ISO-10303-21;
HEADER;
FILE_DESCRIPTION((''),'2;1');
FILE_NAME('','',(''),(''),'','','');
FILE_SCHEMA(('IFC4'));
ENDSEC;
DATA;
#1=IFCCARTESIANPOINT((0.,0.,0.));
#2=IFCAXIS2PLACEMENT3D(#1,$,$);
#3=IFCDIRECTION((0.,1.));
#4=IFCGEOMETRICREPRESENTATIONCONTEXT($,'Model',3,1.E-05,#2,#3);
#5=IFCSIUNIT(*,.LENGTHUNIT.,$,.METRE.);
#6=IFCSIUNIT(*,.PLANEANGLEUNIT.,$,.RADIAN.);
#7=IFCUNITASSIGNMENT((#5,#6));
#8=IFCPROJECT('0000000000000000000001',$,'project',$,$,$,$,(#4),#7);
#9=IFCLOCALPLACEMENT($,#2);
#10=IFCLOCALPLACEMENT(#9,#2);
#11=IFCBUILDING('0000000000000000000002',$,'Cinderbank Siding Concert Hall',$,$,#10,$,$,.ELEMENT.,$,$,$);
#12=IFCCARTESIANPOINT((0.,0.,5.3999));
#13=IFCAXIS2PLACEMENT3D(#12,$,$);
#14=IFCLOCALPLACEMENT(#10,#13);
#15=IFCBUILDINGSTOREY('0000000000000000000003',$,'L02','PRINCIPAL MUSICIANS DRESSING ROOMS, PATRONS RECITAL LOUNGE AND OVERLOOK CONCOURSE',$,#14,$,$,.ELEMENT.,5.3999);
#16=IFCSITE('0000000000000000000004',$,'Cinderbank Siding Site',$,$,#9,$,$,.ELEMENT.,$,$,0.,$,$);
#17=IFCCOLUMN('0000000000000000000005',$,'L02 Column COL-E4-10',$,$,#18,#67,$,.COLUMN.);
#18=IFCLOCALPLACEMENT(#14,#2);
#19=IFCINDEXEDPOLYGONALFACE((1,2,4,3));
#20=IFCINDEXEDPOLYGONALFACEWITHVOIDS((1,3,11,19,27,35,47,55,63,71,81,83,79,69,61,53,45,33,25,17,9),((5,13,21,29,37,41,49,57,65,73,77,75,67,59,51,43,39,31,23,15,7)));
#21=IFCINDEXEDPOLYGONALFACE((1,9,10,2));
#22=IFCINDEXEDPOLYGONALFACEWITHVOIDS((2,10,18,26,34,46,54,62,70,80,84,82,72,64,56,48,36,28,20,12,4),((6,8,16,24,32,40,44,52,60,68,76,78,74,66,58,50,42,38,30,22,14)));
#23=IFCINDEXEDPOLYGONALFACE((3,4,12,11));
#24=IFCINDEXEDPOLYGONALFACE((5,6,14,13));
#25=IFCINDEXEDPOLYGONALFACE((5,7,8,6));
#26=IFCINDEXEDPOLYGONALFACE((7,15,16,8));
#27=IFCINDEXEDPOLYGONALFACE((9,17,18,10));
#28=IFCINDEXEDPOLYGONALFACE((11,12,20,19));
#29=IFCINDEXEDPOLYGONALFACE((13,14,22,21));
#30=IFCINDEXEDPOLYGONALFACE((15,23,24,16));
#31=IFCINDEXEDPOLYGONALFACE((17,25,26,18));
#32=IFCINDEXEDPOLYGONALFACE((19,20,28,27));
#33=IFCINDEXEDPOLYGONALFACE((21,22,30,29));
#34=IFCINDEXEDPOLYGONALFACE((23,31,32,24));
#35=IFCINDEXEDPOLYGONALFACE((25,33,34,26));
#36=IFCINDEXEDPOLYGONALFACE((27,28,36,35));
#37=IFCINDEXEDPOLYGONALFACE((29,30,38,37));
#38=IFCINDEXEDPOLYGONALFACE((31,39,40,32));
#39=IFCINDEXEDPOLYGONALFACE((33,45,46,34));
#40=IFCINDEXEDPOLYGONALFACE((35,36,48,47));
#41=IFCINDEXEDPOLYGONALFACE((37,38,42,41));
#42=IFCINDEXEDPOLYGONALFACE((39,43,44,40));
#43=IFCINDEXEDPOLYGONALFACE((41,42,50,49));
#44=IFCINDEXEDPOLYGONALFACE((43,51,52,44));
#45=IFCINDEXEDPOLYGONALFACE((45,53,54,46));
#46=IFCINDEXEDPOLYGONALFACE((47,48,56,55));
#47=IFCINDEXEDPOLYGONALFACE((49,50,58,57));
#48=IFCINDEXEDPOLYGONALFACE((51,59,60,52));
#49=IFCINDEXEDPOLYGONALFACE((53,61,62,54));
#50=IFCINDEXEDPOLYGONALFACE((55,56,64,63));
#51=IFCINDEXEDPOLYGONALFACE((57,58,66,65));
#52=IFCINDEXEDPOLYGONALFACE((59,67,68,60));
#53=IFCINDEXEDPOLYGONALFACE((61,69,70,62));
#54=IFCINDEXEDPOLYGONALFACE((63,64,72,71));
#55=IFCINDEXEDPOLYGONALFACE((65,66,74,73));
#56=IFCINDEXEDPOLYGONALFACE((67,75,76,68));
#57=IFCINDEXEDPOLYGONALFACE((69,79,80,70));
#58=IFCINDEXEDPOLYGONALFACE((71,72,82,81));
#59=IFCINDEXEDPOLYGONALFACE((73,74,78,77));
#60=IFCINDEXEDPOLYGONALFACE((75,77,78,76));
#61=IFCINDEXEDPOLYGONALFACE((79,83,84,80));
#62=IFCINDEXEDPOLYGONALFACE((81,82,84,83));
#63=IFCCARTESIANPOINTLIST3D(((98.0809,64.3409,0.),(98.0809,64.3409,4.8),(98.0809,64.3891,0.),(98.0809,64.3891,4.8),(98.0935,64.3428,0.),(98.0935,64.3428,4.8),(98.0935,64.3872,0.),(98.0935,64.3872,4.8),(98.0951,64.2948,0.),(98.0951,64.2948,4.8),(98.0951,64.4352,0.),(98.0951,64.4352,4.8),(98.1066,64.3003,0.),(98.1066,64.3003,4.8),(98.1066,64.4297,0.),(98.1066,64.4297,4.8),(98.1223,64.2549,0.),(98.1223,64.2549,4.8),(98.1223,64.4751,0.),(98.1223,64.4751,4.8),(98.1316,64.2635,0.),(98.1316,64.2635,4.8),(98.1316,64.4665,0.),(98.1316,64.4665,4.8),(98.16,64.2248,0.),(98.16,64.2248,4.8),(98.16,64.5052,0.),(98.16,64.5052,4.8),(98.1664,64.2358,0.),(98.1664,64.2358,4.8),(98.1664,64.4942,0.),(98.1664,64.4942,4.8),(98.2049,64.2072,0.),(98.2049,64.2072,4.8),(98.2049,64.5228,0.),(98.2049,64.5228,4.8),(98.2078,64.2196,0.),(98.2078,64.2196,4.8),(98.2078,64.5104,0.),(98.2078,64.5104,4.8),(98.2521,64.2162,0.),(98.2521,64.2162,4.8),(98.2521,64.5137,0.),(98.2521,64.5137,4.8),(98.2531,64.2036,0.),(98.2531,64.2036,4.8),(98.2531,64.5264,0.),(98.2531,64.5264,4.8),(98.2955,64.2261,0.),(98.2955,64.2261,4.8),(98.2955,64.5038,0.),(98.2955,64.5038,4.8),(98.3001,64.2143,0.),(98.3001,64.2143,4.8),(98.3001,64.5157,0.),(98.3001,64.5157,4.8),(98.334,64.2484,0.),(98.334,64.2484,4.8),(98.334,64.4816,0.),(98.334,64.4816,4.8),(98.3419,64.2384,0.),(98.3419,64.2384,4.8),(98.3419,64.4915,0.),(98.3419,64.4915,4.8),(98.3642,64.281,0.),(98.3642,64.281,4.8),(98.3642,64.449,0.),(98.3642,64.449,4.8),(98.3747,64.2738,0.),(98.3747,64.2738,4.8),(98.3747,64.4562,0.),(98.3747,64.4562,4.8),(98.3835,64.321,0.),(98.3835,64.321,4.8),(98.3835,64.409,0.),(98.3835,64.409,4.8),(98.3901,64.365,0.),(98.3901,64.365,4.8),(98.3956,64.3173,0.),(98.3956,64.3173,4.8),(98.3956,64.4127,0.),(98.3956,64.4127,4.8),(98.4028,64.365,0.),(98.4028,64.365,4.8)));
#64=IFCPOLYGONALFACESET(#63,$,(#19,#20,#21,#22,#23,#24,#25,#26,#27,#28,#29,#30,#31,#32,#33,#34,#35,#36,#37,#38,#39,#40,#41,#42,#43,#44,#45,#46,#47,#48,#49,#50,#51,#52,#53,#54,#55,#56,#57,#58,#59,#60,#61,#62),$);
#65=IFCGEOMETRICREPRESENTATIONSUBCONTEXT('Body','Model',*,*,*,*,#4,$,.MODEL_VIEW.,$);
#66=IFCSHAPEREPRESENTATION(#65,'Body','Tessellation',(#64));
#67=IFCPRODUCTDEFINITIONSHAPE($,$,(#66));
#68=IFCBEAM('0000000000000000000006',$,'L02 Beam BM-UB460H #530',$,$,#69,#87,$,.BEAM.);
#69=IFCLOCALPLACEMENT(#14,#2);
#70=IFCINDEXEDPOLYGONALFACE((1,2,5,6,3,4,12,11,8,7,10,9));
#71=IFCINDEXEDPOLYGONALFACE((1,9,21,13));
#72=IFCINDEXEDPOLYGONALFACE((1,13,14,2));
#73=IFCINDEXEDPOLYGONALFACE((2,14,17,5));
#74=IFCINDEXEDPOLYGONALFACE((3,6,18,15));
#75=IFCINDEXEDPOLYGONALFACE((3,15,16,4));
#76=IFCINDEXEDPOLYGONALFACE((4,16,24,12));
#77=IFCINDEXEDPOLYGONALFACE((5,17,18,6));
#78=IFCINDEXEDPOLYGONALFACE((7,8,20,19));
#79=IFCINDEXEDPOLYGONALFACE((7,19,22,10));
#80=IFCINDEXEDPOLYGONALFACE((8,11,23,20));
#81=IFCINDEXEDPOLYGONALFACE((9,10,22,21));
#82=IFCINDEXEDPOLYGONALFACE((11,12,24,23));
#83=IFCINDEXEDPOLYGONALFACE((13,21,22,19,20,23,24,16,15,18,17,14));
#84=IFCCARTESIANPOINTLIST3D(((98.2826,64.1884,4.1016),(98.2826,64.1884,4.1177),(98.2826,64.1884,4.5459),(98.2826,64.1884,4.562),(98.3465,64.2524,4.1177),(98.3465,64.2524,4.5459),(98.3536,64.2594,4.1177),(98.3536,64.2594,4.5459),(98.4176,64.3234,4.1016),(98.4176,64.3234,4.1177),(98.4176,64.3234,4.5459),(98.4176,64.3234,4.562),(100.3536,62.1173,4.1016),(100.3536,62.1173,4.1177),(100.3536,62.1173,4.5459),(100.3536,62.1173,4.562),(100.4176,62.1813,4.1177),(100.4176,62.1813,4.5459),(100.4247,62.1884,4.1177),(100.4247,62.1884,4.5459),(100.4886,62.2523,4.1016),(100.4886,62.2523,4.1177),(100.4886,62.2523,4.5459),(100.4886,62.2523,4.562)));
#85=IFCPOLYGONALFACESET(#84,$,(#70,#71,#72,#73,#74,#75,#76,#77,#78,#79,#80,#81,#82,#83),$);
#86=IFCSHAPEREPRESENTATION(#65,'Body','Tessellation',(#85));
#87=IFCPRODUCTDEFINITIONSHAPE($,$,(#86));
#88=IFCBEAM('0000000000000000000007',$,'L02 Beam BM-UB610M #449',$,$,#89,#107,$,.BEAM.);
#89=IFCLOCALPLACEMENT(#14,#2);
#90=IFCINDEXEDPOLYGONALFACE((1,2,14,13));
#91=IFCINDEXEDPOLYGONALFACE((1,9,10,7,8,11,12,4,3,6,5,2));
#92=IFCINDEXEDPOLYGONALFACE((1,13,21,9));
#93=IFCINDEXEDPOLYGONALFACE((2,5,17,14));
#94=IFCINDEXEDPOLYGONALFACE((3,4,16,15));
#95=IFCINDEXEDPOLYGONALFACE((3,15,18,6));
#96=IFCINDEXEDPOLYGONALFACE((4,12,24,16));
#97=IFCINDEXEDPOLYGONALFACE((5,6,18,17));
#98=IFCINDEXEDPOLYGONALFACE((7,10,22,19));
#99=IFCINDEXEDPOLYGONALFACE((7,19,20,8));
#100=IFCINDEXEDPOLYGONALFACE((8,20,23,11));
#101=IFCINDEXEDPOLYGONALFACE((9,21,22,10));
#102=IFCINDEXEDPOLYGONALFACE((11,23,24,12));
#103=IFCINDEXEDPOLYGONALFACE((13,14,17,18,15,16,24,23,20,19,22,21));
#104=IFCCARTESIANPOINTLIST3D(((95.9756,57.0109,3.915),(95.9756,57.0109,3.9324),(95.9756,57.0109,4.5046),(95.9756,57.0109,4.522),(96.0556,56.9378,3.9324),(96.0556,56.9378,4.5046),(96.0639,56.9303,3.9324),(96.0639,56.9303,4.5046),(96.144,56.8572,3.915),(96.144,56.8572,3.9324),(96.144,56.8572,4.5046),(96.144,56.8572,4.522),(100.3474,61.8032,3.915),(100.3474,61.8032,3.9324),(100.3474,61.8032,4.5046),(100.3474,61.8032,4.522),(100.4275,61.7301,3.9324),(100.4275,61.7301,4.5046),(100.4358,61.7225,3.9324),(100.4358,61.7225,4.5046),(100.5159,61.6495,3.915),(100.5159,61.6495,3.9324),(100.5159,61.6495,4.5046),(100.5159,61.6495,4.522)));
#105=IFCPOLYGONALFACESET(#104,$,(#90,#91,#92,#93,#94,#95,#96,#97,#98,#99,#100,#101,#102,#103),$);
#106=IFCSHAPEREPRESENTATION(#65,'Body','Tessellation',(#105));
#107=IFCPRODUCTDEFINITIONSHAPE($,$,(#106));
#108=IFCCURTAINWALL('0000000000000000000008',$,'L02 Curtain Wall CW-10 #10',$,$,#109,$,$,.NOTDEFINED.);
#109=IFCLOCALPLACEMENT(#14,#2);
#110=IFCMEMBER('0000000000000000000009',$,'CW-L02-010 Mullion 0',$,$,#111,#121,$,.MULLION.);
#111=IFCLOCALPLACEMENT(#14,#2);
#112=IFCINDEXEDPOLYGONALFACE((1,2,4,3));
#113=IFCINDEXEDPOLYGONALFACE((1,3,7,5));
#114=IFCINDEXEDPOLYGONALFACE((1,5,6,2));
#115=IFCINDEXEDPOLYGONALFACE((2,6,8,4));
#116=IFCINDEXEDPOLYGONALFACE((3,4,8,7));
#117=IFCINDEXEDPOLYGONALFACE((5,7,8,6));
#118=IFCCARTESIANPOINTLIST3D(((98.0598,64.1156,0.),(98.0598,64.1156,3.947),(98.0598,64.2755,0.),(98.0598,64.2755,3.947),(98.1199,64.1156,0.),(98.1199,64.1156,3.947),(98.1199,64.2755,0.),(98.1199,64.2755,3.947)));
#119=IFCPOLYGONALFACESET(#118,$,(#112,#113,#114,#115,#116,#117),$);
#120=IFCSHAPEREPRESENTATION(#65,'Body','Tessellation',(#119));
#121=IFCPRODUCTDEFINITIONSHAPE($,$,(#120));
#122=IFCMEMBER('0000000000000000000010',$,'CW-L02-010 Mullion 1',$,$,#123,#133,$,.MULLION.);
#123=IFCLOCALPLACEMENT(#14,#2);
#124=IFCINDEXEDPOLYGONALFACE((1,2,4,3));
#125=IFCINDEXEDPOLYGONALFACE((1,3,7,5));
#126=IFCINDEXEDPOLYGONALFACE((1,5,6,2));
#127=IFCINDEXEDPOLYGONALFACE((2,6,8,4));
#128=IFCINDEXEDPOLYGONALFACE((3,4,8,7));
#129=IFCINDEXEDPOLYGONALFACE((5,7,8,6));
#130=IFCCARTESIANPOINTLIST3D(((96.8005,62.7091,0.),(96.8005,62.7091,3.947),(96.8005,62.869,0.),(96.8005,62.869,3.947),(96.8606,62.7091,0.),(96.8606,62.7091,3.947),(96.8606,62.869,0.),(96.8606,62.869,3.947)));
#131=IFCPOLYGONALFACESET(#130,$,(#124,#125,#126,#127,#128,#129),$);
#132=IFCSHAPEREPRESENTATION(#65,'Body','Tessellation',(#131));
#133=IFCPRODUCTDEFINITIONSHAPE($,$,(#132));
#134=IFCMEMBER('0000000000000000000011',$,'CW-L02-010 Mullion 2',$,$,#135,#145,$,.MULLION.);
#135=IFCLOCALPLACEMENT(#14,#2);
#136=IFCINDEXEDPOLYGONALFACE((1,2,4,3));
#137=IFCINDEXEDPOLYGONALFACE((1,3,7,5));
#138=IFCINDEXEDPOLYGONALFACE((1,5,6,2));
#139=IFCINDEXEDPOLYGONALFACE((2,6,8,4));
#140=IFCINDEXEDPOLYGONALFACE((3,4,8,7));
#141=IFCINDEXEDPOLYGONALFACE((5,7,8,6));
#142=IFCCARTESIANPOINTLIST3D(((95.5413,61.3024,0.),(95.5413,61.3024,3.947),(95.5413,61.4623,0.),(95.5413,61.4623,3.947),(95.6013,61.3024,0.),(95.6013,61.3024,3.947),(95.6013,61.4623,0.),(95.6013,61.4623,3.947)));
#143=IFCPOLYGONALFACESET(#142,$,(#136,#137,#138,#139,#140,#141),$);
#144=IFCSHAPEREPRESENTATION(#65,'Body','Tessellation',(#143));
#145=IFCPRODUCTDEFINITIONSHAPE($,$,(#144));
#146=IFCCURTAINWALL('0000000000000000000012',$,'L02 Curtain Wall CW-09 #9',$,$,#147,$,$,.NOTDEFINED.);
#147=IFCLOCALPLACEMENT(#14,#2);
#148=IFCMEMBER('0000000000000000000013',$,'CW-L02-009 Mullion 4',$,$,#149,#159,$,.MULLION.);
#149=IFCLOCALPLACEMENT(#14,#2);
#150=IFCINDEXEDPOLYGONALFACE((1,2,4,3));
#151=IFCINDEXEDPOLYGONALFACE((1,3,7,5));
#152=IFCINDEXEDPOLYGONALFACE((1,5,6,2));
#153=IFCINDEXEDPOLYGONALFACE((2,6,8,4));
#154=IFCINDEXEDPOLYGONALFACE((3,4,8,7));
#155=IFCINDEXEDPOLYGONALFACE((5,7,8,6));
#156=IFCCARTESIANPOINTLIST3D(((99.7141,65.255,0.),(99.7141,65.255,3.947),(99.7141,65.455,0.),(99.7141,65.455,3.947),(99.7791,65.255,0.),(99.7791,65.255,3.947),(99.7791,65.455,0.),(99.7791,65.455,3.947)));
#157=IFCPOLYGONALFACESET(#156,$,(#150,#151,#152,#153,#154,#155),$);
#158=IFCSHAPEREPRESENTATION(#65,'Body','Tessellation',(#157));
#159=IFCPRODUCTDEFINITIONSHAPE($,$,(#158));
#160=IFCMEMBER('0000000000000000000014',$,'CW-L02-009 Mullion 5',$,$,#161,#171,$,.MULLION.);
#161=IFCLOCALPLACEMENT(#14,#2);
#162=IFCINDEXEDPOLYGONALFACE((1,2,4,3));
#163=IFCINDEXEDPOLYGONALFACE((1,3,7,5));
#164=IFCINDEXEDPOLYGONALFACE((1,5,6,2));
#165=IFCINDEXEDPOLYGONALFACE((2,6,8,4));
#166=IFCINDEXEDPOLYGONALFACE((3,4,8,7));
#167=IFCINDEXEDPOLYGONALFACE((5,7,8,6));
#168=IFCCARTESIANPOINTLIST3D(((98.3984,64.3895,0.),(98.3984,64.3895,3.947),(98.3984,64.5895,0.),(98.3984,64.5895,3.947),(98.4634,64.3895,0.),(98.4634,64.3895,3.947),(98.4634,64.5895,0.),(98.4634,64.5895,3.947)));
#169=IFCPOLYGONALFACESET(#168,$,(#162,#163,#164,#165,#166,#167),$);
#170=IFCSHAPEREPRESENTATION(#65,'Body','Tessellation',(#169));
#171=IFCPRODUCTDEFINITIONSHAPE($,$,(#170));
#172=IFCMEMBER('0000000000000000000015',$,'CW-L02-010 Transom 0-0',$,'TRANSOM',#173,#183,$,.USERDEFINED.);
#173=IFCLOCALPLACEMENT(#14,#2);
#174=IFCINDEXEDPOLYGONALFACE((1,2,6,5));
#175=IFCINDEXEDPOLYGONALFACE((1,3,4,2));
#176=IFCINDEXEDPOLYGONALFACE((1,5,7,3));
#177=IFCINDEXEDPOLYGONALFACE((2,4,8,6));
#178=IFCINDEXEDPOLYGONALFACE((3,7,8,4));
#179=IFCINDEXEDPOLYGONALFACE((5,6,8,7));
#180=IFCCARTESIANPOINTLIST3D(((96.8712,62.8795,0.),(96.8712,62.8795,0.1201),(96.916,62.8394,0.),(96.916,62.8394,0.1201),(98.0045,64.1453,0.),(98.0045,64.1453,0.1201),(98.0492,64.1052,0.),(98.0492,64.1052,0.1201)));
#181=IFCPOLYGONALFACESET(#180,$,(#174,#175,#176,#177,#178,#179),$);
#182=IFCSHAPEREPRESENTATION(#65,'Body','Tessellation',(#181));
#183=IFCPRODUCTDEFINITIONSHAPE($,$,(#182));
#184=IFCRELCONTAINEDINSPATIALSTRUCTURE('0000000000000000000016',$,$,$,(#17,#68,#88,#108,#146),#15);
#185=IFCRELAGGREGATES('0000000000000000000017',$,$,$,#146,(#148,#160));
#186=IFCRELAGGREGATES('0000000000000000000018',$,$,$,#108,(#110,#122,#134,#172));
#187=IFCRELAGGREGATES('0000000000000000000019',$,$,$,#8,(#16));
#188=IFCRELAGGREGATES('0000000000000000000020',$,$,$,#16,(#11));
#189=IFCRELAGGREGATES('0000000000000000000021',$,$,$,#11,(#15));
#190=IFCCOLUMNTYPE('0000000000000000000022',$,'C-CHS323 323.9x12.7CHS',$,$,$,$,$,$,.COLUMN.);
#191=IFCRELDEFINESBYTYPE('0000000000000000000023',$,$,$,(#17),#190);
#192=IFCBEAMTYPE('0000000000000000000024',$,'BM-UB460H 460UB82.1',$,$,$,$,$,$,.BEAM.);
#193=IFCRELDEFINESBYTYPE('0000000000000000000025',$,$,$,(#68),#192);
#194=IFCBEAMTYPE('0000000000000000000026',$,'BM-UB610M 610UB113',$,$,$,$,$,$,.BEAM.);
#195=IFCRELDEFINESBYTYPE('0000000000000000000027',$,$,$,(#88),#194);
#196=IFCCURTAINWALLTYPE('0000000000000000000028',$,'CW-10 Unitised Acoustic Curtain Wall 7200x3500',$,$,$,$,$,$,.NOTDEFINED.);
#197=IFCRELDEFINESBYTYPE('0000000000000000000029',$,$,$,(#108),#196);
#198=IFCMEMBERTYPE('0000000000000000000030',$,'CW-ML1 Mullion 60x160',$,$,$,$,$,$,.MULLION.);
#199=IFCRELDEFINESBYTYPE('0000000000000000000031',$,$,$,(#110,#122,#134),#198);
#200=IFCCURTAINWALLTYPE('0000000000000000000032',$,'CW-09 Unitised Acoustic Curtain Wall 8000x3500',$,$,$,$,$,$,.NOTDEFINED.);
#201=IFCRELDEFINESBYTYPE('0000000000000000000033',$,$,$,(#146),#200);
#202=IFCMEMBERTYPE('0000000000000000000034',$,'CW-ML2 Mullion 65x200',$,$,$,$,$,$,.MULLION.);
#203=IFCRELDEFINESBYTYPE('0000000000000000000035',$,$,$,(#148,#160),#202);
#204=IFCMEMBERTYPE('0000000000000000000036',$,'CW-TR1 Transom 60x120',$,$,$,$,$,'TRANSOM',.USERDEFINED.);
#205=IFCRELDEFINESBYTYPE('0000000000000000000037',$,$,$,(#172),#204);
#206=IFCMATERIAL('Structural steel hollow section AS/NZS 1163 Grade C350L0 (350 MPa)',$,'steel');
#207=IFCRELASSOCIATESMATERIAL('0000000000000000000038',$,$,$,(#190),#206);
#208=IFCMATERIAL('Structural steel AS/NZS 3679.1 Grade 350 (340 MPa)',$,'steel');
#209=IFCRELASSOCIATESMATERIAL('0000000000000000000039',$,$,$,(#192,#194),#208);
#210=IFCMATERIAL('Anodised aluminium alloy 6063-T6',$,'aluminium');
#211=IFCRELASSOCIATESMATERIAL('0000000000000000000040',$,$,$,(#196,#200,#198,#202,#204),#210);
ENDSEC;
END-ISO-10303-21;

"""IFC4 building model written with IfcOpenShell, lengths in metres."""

from ifc_helpers import new_model, si_unit, direction, frame, origin, origin_2d, place, context, subcontext, project, spatial, rectangle, hollow_circle, i_section, extrude, material, material_profile, profile_set, type_object, element, aggregate, save


model = new_model("IFC4")

# Units and contexts
model_context = context("Model", 3, precision=1e-05, world=origin(), true_north=direction((0.0, 1.0)))
body_context = subcontext(model_context, "Body", "Model", "MODEL_VIEW")
ifc_project = project(units=[si_unit("LENGTHUNIT", "METRE"), si_unit("PLANEANGLEUNIT", "RADIAN")], contexts=[model_context])

# Site, building, storey
site_placement = place(None, origin())
site = spatial("IfcSite", under=ifc_project, at=site_placement, Name="Cinderbank Siding Site", CompositionType="ELEMENT", RefElevation=0.0)
building_placement = place(site_placement, origin())
building = spatial("IfcBuilding", under=site, at=building_placement, Name="Cinderbank Siding Concert Hall", CompositionType="ELEMENT")
storey_placement = place(building_placement, frame((0.0, 0.0, 5.3999)))
storey = spatial("IfcBuildingStorey", under=building, at=storey_placement, Name="L02", Description="PRINCIPAL MUSICIANS DRESSING ROOMS, PATRONS RECITAL LOUNGE AND OVERLOOK CONCOURSE", CompositionType="ELEMENT", Elevation=5.3999)

# Column
ifc_material_1 = material(Name="Structural steel hollow section AS/NZS 1163 Grade C350L0 (350 MPa)", Category="steel")
ifc_material_profile_1 = material_profile(ifc_material_1, hollow_circle(Radius=0.1619, WallThickness=0.0127, at=origin_2d()), Name="323.9x12.7CHS", Category="LoadBearing")
ifc_profile_set_1 = profile_set([ifc_material_profile_1], Name="Structural steel hollow section AS/NZS 1163 Grade C350L0 (350 MPa)")
column_type = type_object("IfcColumnType", Name="C-CHS323 323.9x12.7CHS", PredefinedType="COLUMN", material=ifc_profile_set_1)
column_placement = place(storey_placement, frame((98.241, 64.365, 0.0), z_axis=(0.0, 0.0, 1.0), x_axis=(1.0, 0.0, 0.0)))
element("IfcColumn", 1, at=column_placement, inside=storey, type_object=column_type, Name="L02 Column COL-E4-10", PredefinedType="COLUMN", context=body_context, shape_type="SweptSolid", body=[
    extrude(hollow_circle(Radius=0.1619, WallThickness=0.0127, at=origin_2d()), origin(), (0.0, 0.0, 1.0), 4.8),
])

# Beams
ifc_material_2 = material(Name="Structural steel AS/NZS 3679.1 Grade 350 (340 MPa)", Category="steel")
ifc_material_profile_2 = material_profile(ifc_material_2, i_section(OverallWidth=0.1909, OverallDepth=0.4604, WebThickness=0.01, FlangeThickness=0.0161, at=origin_2d()), Name="460UB82.1", Category="LoadBearing")
ifc_profile_set_2 = profile_set([ifc_material_profile_2], Name="Structural steel AS/NZS 3679.1 Grade 350 (340 MPa)")
beam_type_1 = type_object("IfcBeamType", Name="BM-UB460H 460UB82.1", PredefinedType="BEAM", material=ifc_profile_set_2)
beam_1_placement = place(storey_placement, frame((100.4211, 62.1848, 4.3318), z_axis=(-0.707107, 0.707107, 0.0), x_axis=(-0.707107, -0.707107, 0.0)))
element("IfcBeam", 2, at=beam_1_placement, inside=storey, type_object=beam_type_1, Name="L02 Beam BM-UB460H #530", PredefinedType="BEAM", context=body_context, shape_type="SweptSolid", body=[
    extrude(i_section(OverallWidth=0.1909, OverallDepth=0.4604, WebThickness=0.01, FlangeThickness=0.0161, at=origin_2d()), origin(), (0.0, 0.0, 1.0), 2.929),
])
ifc_material_profile_3 = material_profile(ifc_material_2, i_section(OverallWidth=0.228, OverallDepth=0.6069, WebThickness=0.0112, FlangeThickness=0.0173, at=origin_2d()), Name="610UB113", Category="LoadBearing")
ifc_profile_set_3 = profile_set([ifc_material_profile_3], Name="Structural steel AS/NZS 3679.1 Grade 350 (340 MPa)")
beam_type_2 = type_object("IfcBeamType", Name="BM-UB610M 610UB113", PredefinedType="BEAM", material=ifc_profile_set_3)
beam_2_placement = place(storey_placement, frame((100.4316, 61.7263, 4.2185), z_axis=(-0.673959, -0.738769, 0.0), x_axis=(0.738769, -0.673959, 0.0)))
element("IfcBeam", 3, at=beam_2_placement, inside=storey, type_object=beam_type_2, Name="L02 Beam BM-UB610M #449", PredefinedType="BEAM", context=body_context, shape_type="SweptSolid", body=[
    extrude(i_section(OverallWidth=0.228, OverallDepth=0.6069, WebThickness=0.0112, FlangeThickness=0.0173, at=origin_2d()), origin(), (0.0, 0.0, 1.0), 6.4868),
])

# Curtain walls, members
ifc_material_3 = material(Name="Anodised aluminium alloy 6063-T6", Category="aluminium")
curtain_wall_type_1 = type_object("IfcCurtainWallType", Name="CW-10 Unitised Acoustic Curtain Wall 7200x3500", PredefinedType="NOTDEFINED", material=ifc_material_3)
curtain_wall_1_placement = place(storey_placement, origin())
curtain_wall_1 = element("IfcCurtainWall", 4, at=curtain_wall_1_placement, inside=storey, type_object=curtain_wall_type_1, Name="L02 Curtain Wall CW-10 #10", PredefinedType="NOTDEFINED")
ifc_material_profile_4 = material_profile(ifc_material_3, rectangle(XDim=0.0601, YDim=0.1599, at=origin_2d()), Name="ALU-MULL-60x160", Category="LoadBearing")
ifc_profile_set_4 = profile_set([ifc_material_profile_4], Name="Anodised aluminium alloy 6063-T6")
member_type_1 = type_object("IfcMemberType", Name="CW-ML1 Mullion 60x160", PredefinedType="MULLION", material=ifc_profile_set_4)
member_1_placement = place(storey_placement, frame((98.0898, 64.1956, 0.0), z_axis=(0.0, 0.0, 1.0), x_axis=(1.0, 0.0, 0.0)))
member_1 = element("IfcMember", 5, at=member_1_placement, type_object=member_type_1, Name="CW-L02-010 Mullion 0", PredefinedType="MULLION", context=body_context, shape_type="SweptSolid", body=[
    extrude(rectangle(XDim=0.0601, YDim=0.1599, at=origin_2d()), origin(), (0.0, 0.0, 1.0), 3.947),
])
member_2_placement = place(storey_placement, frame((96.8306, 62.7891, 0.0), z_axis=(0.0, 0.0, 1.0), x_axis=(1.0, 0.0, 0.0)))
member_2 = element("IfcMember", 6, at=member_2_placement, type_object=member_type_1, Name="CW-L02-010 Mullion 1", PredefinedType="MULLION", context=body_context, shape_type="SweptSolid", body=[
    extrude(rectangle(XDim=0.0601, YDim=0.1599, at=origin_2d()), origin(), (0.0, 0.0, 1.0), 3.947),
])
member_3_placement = place(storey_placement, frame((95.5713, 61.3823, 0.0), z_axis=(0.0, 0.0, 1.0), x_axis=(1.0, 0.0, 0.0)))
member_3 = element("IfcMember", 7, at=member_3_placement, type_object=member_type_1, Name="CW-L02-010 Mullion 2", PredefinedType="MULLION", context=body_context, shape_type="SweptSolid", body=[
    extrude(rectangle(XDim=0.0601, YDim=0.1599, at=origin_2d()), origin(), (0.0, 0.0, 1.0), 3.947),
])
curtain_wall_type_2 = type_object("IfcCurtainWallType", Name="CW-09 Unitised Acoustic Curtain Wall 8000x3500", PredefinedType="NOTDEFINED", material=ifc_material_3)
curtain_wall_2_placement = place(storey_placement, origin())
curtain_wall_2 = element("IfcCurtainWall", 8, at=curtain_wall_2_placement, inside=storey, type_object=curtain_wall_type_2, Name="L02 Curtain Wall CW-09 #9", PredefinedType="NOTDEFINED")
ifc_material_profile_5 = material_profile(ifc_material_3, rectangle(XDim=0.0649, YDim=0.2, at=origin_2d()), Name="ALU-MULL-65x200", Category="LoadBearing")
ifc_profile_set_5 = profile_set([ifc_material_profile_5], Name="Anodised aluminium alloy 6063-T6")
member_type_2 = type_object("IfcMemberType", Name="CW-ML2 Mullion 65x200", PredefinedType="MULLION", material=ifc_profile_set_5)
member_4_placement = place(storey_placement, frame((99.7466, 65.355, 0.0), z_axis=(0.0, 0.0, 1.0), x_axis=(1.0, 0.0, 0.0)))
member_4 = element("IfcMember", 9, at=member_4_placement, type_object=member_type_2, Name="CW-L02-009 Mullion 4", PredefinedType="MULLION", context=body_context, shape_type="SweptSolid", body=[
    extrude(rectangle(XDim=0.0649, YDim=0.2, at=origin_2d()), origin(), (0.0, 0.0, 1.0), 3.947),
])
member_5_placement = place(storey_placement, frame((98.4309, 64.4895, 0.0), z_axis=(0.0, 0.0, 1.0), x_axis=(1.0, 0.0, 0.0)))
member_5 = element("IfcMember", 10, at=member_5_placement, type_object=member_type_2, Name="CW-L02-009 Mullion 5", PredefinedType="MULLION", context=body_context, shape_type="SweptSolid", body=[
    extrude(rectangle(XDim=0.0649, YDim=0.2, at=origin_2d()), origin(), (0.0, 0.0, 1.0), 3.947),
])

# Member
ifc_material_profile_6 = material_profile(ifc_material_3, rectangle(XDim=0.0601, YDim=0.1201, at=origin_2d()), Name="ALU-TRAN-60x120", Category="LoadBearing")
ifc_profile_set_6 = profile_set([ifc_material_profile_6], Name="Anodised aluminium alloy 6063-T6")
member_type_3 = type_object("IfcMemberType", Name="CW-TR1 Transom 60x120", ElementType="TRANSOM", PredefinedType="USERDEFINED", material=ifc_profile_set_6)
member_6_placement = place(storey_placement, frame((98.0269, 64.1252, 0.0601), z_axis=(-0.667017, -0.745042, 0.0), x_axis=(0.745042, -0.667017, 0.0)))
member_6 = element("IfcMember", 11, at=member_6_placement, type_object=member_type_3, Name="CW-L02-010 Transom 0-0", ObjectType="TRANSOM", PredefinedType="USERDEFINED", context=body_context, shape_type="SweptSolid", body=[
    extrude(rectangle(XDim=0.0601, YDim=0.1201, at=origin_2d()), origin(), (0.0, 0.0, 1.0), 1.699),
])

aggregate(curtain_wall_2, [member_4, member_5])
aggregate(curtain_wall_1, [member_1, member_2, member_3, member_6])

save(model, "model.ifc")
